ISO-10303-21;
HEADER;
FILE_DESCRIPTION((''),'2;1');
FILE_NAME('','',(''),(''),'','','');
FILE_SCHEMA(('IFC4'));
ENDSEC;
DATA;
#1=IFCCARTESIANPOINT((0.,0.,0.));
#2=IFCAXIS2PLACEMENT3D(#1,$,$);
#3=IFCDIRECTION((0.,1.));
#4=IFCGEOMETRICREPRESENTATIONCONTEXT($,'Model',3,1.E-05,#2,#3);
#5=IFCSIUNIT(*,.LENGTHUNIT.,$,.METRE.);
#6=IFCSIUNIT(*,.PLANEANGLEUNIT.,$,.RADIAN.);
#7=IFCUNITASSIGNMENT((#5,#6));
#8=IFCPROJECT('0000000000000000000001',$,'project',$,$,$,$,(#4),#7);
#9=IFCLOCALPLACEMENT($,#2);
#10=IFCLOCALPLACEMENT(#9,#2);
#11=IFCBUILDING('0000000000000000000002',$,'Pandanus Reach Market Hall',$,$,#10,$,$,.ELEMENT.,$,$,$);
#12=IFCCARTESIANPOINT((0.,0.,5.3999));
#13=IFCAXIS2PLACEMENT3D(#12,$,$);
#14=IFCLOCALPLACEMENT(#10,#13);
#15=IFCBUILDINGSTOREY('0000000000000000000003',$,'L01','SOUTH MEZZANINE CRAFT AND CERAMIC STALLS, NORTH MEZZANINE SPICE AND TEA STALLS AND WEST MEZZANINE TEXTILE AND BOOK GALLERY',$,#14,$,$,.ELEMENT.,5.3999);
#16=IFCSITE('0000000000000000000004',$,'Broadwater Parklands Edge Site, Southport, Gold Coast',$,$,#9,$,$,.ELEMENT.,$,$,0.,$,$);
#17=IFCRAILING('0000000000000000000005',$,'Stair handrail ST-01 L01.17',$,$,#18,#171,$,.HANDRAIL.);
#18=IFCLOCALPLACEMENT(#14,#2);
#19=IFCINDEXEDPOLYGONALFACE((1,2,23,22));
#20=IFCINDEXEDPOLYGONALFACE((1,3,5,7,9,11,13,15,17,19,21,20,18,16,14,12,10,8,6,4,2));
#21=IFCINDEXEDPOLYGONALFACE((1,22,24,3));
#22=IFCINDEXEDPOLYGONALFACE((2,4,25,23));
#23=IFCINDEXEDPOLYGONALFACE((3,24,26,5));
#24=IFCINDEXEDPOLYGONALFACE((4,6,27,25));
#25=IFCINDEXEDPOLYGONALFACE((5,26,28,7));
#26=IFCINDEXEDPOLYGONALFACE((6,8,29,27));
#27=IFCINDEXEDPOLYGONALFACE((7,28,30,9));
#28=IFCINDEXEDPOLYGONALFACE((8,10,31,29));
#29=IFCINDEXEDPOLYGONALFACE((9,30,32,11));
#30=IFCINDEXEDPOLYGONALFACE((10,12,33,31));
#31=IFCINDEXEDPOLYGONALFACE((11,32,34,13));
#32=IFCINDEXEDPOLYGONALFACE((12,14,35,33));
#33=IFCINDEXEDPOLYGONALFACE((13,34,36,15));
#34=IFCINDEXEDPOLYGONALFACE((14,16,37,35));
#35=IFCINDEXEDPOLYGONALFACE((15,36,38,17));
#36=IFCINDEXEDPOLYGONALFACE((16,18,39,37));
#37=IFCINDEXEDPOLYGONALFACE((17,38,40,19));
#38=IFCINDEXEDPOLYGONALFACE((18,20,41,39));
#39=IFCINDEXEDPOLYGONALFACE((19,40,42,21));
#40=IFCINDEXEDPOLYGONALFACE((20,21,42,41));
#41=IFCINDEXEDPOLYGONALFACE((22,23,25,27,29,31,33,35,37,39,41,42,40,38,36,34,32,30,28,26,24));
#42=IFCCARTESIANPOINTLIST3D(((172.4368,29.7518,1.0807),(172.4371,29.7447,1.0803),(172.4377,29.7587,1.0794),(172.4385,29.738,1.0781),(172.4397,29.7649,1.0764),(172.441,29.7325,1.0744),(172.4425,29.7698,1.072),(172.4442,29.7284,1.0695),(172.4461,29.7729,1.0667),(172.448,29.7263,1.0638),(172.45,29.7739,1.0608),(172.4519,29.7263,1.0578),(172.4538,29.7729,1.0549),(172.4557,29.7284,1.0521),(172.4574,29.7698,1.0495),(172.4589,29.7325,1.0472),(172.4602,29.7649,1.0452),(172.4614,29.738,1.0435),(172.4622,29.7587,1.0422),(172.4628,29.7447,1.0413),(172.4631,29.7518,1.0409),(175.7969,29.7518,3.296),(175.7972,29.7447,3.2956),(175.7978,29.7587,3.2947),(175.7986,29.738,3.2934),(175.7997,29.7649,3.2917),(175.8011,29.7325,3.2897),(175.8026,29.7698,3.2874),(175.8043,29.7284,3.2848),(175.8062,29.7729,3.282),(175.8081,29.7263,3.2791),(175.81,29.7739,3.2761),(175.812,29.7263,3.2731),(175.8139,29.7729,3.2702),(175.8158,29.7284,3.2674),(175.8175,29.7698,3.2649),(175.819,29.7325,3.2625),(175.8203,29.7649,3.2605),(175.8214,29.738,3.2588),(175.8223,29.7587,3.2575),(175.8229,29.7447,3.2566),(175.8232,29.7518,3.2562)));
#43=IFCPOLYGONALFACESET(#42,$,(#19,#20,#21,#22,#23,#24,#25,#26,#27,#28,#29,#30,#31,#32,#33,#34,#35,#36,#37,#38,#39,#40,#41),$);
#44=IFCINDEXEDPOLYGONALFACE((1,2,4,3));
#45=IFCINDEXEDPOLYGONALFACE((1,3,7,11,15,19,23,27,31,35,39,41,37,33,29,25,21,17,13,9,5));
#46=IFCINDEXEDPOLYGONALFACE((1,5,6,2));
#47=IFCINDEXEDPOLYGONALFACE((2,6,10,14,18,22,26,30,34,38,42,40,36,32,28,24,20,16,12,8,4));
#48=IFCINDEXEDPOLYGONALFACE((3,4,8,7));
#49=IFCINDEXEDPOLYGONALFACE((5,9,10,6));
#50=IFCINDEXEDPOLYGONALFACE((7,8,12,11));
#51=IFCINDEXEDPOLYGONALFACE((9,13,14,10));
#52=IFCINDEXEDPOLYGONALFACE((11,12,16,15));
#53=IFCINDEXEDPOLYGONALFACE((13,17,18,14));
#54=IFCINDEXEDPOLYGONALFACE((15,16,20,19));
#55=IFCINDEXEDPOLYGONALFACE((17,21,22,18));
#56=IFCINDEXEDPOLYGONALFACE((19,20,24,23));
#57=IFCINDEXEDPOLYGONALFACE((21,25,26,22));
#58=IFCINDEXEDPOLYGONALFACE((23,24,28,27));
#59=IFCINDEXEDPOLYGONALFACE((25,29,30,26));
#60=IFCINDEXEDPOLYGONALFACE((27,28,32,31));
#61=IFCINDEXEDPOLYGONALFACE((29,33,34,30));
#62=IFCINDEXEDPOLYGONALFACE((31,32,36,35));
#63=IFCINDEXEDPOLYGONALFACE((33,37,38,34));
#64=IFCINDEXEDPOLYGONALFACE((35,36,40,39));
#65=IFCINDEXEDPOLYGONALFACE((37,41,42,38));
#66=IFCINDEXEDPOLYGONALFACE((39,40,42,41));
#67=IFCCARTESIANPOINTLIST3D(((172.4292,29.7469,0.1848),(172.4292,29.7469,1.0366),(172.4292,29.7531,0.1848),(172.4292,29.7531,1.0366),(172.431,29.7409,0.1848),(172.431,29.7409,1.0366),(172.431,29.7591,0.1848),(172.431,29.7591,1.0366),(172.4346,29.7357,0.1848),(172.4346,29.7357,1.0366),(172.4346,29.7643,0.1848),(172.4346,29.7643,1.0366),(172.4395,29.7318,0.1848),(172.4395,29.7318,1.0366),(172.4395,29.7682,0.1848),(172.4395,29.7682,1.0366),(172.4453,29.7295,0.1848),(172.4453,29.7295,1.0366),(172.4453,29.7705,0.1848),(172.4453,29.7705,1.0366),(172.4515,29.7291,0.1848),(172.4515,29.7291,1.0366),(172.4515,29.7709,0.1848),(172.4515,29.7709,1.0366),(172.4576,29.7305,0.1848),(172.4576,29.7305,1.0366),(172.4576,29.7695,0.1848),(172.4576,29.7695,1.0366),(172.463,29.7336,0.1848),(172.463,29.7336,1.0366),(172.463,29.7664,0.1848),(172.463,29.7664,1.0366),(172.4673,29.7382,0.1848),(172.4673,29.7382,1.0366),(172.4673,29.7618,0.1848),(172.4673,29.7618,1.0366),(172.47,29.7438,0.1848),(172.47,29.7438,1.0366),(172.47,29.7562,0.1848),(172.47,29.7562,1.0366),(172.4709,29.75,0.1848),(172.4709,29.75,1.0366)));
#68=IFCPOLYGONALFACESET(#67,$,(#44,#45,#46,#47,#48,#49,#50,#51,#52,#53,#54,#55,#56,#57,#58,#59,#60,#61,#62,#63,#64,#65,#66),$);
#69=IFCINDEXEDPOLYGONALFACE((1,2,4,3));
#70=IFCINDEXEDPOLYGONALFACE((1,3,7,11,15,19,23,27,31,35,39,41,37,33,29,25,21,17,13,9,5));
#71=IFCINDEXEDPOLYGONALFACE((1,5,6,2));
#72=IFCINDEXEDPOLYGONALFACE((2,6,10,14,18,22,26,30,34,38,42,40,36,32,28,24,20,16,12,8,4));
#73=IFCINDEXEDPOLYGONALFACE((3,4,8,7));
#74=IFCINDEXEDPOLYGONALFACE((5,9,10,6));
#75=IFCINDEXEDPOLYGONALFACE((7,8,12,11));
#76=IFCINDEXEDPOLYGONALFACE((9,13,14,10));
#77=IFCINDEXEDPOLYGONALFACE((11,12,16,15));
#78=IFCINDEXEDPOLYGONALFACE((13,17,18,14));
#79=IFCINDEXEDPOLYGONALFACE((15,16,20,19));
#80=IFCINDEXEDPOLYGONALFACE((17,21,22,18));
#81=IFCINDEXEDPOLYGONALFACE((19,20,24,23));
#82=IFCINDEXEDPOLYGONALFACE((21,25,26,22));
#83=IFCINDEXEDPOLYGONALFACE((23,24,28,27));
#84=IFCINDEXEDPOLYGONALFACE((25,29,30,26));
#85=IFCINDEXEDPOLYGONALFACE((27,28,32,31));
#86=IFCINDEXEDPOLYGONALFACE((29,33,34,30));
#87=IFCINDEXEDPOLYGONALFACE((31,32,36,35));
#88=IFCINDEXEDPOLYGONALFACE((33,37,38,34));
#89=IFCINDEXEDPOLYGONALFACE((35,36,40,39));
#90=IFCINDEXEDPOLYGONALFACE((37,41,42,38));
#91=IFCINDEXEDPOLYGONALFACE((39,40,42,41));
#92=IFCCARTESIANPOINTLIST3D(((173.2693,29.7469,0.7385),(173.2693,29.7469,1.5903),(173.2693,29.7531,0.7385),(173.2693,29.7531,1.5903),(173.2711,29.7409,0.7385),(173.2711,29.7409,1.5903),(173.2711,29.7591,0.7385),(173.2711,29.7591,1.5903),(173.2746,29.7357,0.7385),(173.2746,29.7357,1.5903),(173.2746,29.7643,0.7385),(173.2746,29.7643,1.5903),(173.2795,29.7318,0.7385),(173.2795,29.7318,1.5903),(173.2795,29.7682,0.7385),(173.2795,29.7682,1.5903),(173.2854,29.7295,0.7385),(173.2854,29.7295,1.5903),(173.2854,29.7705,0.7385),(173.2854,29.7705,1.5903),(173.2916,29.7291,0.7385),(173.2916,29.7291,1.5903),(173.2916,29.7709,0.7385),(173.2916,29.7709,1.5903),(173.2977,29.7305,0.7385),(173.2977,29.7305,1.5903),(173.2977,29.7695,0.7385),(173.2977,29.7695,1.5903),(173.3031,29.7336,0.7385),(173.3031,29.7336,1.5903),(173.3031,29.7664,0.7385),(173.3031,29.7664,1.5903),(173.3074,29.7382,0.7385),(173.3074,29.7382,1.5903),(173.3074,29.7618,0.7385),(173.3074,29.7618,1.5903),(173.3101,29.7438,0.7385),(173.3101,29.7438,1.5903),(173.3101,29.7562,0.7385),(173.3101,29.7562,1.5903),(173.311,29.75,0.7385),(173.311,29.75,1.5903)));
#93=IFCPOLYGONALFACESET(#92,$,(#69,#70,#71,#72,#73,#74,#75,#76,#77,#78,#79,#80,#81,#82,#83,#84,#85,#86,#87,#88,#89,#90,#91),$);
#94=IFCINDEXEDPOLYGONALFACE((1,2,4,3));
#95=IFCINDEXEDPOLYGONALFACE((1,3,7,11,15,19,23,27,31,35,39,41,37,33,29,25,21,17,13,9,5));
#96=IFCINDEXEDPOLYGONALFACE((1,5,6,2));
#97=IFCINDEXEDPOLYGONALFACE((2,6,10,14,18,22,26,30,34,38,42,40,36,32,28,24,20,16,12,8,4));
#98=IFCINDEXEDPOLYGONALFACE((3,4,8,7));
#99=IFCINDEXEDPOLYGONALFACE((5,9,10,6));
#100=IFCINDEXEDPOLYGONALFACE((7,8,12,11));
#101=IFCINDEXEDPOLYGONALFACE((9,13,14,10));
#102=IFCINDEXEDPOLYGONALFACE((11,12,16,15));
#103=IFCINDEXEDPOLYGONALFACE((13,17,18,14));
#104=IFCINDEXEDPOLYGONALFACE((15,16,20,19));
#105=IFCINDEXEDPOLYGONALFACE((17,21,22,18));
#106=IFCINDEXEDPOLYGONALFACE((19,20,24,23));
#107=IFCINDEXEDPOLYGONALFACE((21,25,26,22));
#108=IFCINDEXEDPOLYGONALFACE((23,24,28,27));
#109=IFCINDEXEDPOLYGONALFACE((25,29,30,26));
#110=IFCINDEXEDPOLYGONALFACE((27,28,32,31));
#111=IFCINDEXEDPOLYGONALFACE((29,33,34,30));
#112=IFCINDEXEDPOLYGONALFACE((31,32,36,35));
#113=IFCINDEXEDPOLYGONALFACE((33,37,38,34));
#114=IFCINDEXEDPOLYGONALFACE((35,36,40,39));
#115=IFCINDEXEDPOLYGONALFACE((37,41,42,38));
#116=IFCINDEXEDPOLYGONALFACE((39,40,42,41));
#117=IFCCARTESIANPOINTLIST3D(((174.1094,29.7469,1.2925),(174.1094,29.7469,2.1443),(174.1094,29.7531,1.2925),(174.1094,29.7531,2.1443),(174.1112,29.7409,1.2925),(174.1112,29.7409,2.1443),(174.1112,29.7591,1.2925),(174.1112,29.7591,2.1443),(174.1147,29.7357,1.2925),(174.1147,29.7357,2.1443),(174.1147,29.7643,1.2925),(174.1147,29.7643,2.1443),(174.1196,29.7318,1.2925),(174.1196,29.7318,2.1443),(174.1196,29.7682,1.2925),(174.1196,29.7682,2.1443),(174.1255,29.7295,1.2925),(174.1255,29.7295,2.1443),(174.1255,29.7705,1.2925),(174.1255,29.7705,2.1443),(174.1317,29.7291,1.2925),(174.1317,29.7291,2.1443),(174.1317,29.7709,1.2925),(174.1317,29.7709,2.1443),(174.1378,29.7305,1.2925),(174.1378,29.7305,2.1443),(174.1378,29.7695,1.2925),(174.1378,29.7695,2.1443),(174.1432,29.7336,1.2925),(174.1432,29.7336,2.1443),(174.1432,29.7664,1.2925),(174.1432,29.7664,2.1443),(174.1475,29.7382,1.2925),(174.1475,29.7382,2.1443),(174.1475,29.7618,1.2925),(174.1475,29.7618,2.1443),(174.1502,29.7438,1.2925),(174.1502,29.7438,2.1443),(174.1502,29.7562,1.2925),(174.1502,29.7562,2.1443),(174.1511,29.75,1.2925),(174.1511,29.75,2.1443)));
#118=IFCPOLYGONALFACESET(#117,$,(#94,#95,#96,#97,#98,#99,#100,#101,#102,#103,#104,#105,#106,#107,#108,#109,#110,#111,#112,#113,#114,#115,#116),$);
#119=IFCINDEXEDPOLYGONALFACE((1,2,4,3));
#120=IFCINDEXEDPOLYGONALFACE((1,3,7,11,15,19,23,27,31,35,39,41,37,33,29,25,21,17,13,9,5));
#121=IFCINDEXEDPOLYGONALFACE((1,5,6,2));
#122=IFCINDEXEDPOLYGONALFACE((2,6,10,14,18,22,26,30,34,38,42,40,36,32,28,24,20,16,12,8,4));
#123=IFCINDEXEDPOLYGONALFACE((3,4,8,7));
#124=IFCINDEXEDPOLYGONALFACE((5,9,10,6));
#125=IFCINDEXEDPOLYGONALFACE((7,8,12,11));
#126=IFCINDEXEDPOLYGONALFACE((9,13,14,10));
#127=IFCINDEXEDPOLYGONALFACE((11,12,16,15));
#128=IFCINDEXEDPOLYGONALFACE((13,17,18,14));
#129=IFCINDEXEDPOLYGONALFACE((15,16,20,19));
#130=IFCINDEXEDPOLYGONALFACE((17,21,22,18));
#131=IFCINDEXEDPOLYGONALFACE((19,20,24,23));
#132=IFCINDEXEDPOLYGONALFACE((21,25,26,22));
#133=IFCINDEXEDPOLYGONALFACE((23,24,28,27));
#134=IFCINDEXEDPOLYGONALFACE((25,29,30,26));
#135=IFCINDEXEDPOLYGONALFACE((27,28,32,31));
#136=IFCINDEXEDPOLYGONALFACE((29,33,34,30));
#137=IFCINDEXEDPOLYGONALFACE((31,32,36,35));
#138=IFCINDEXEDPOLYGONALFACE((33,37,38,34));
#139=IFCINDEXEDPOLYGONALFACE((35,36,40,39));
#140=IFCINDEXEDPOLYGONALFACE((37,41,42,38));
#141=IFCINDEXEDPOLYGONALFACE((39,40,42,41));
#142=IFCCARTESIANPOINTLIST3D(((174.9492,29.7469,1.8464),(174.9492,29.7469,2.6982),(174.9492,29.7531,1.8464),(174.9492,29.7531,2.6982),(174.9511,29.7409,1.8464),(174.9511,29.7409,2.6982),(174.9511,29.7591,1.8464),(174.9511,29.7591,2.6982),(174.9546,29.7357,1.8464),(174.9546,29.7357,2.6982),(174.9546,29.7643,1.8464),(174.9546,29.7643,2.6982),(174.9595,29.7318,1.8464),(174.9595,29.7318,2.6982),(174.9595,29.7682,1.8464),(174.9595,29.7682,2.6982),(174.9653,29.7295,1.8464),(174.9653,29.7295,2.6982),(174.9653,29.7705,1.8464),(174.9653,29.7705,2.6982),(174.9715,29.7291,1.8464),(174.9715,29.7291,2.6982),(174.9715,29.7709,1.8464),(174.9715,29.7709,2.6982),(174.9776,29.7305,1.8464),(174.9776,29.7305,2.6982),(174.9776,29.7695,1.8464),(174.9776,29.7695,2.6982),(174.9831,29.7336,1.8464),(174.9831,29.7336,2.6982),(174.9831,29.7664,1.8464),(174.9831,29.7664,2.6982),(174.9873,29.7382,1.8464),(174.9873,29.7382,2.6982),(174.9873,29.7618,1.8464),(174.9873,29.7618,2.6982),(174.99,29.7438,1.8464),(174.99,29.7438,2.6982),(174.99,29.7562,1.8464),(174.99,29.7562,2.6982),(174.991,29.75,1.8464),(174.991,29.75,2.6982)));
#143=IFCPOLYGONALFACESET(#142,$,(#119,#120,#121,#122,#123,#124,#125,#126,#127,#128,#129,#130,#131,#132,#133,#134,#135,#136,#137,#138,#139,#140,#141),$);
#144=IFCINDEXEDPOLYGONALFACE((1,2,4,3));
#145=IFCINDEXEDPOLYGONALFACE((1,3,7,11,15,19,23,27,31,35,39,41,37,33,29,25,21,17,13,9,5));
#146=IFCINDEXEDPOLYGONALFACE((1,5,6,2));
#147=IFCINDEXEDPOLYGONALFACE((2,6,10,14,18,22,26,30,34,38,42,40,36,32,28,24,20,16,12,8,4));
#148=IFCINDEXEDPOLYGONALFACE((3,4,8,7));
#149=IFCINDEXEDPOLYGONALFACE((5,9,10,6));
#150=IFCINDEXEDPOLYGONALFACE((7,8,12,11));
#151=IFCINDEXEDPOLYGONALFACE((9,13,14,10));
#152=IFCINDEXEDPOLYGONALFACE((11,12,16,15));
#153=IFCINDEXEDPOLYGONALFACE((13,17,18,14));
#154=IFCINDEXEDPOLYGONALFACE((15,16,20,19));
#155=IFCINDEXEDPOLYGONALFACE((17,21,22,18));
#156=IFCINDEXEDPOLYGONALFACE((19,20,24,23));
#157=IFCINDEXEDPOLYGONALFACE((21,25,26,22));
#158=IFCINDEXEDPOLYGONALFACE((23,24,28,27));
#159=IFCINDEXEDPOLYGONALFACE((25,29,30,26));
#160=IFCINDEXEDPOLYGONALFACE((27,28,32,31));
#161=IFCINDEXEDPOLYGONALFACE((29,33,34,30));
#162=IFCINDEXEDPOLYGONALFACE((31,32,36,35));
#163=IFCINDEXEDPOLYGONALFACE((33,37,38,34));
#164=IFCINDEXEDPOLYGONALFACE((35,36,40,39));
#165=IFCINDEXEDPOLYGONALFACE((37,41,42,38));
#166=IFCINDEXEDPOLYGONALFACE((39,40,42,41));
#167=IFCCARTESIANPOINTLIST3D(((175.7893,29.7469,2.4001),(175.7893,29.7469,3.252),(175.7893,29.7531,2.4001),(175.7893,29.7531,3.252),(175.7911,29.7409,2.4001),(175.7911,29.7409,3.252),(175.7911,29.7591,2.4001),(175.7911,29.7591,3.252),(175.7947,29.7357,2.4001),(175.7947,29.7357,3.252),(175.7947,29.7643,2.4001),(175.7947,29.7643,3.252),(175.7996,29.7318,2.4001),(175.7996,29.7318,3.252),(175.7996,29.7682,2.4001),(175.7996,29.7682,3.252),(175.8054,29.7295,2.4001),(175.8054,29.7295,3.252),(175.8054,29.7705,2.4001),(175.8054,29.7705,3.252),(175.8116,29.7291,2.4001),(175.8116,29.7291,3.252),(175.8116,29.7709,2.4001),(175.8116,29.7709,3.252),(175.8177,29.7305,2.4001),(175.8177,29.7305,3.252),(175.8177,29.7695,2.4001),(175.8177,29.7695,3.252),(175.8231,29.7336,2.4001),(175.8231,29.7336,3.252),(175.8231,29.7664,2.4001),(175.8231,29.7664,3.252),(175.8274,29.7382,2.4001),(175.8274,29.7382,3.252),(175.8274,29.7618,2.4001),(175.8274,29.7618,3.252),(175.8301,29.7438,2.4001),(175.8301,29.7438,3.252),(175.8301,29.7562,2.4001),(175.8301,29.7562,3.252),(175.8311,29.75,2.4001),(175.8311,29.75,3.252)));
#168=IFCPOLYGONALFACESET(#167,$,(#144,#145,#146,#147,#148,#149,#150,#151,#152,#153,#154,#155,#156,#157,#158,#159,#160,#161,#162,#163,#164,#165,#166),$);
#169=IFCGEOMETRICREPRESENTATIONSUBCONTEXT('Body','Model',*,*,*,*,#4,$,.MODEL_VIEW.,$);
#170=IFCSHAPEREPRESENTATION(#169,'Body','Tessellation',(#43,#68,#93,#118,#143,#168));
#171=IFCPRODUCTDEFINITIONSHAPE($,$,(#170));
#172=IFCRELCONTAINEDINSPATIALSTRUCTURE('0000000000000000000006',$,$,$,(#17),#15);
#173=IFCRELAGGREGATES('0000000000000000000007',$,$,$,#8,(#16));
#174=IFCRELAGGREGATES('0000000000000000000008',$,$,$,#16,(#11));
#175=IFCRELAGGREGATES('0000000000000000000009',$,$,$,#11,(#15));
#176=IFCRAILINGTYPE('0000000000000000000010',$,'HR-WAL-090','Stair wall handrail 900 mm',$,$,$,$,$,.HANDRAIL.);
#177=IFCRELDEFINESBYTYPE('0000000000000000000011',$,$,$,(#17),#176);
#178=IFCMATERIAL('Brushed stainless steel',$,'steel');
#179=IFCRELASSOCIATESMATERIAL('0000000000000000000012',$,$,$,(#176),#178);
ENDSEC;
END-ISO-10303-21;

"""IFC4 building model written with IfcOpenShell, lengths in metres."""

from ifc_helpers import new_model, si_unit, direction, frame, origin, origin_2d, place, context, subcontext, project, spatial, circle, extrude, material, type_object, element, save


model = new_model("IFC4")

# Units and contexts
model_context = context("Model", 3, precision=1e-05, world=origin(), true_north=direction((0.0, 1.0)))
body_context = subcontext(model_context, "Body", "Model", "MODEL_VIEW")
ifc_project = project(units=[si_unit("LENGTHUNIT", "METRE"), si_unit("PLANEANGLEUNIT", "RADIAN")], contexts=[model_context])

# Site, building, storey
site_placement = place(None, origin())
site = spatial("IfcSite", under=ifc_project, at=site_placement, Name="Broadwater Parklands Edge Site, Southport, Gold Coast", CompositionType="ELEMENT", RefElevation=0.0)
building_placement = place(site_placement, origin())
building = spatial("IfcBuilding", under=site, at=building_placement, Name="Pandanus Reach Market Hall", CompositionType="ELEMENT")
storey_placement = place(building_placement, frame((0.0, 0.0, 5.3999)))
storey = spatial("IfcBuildingStorey", under=building, at=storey_placement, Name="L01", Description="SOUTH MEZZANINE CRAFT AND CERAMIC STALLS, NORTH MEZZANINE SPICE AND TEA STALLS AND WEST MEZZANINE TEXTILE AND BOOK GALLERY", CompositionType="ELEMENT", Elevation=5.3999)

# Railing
ifc_material_1 = material(Name="Brushed stainless steel", Category="steel")
railing_type_1 = type_object("IfcRailingType", Name="HR-WAL-090", Description="Stair wall handrail 900 mm", PredefinedType="HANDRAIL", material=ifc_material_1)
railing_1_placement = place(storey_placement, frame((172.45, 29.75, 0.1848)))
element("IfcRailing", 1, at=railing_1_placement, inside=storey, type_object=railing_type_1, Name="Stair handrail ST-01 L01.17", PredefinedType="HANDRAIL", context=body_context, shape_type="SweptSolid", body=[
    extrude(circle(Radius=0.0239, at=origin_2d()), frame((0.0, 0.0, 0.876), z_axis=(0.834876, 0.0, 0.550437), x_axis=(0.0, 1.0, 0.0)), (0.0, 0.0, 1.0), 4.0247),
    extrude(circle(Radius=0.021, at=origin_2d()), origin(), (0.0, 0.0, 1.0), 0.8518),
    extrude(circle(Radius=0.021, at=origin_2d()), frame((0.8401, 0.0, 0.5537)), (0.0, 0.0, 1.0), 0.8518),
    extrude(circle(Radius=0.021, at=origin_2d()), frame((1.6802, 0.0, 1.1077)), (0.0, 0.0, 1.0), 0.8518),
    extrude(circle(Radius=0.021, at=origin_2d()), frame((2.52, 0.0, 1.6616)), (0.0, 0.0, 1.0), 0.8518),
    extrude(circle(Radius=0.021, at=origin_2d()), frame((3.3601, 0.0, 2.2153)), (0.0, 0.0, 1.0), 0.8518),
])

save(model, "model.ifc")
